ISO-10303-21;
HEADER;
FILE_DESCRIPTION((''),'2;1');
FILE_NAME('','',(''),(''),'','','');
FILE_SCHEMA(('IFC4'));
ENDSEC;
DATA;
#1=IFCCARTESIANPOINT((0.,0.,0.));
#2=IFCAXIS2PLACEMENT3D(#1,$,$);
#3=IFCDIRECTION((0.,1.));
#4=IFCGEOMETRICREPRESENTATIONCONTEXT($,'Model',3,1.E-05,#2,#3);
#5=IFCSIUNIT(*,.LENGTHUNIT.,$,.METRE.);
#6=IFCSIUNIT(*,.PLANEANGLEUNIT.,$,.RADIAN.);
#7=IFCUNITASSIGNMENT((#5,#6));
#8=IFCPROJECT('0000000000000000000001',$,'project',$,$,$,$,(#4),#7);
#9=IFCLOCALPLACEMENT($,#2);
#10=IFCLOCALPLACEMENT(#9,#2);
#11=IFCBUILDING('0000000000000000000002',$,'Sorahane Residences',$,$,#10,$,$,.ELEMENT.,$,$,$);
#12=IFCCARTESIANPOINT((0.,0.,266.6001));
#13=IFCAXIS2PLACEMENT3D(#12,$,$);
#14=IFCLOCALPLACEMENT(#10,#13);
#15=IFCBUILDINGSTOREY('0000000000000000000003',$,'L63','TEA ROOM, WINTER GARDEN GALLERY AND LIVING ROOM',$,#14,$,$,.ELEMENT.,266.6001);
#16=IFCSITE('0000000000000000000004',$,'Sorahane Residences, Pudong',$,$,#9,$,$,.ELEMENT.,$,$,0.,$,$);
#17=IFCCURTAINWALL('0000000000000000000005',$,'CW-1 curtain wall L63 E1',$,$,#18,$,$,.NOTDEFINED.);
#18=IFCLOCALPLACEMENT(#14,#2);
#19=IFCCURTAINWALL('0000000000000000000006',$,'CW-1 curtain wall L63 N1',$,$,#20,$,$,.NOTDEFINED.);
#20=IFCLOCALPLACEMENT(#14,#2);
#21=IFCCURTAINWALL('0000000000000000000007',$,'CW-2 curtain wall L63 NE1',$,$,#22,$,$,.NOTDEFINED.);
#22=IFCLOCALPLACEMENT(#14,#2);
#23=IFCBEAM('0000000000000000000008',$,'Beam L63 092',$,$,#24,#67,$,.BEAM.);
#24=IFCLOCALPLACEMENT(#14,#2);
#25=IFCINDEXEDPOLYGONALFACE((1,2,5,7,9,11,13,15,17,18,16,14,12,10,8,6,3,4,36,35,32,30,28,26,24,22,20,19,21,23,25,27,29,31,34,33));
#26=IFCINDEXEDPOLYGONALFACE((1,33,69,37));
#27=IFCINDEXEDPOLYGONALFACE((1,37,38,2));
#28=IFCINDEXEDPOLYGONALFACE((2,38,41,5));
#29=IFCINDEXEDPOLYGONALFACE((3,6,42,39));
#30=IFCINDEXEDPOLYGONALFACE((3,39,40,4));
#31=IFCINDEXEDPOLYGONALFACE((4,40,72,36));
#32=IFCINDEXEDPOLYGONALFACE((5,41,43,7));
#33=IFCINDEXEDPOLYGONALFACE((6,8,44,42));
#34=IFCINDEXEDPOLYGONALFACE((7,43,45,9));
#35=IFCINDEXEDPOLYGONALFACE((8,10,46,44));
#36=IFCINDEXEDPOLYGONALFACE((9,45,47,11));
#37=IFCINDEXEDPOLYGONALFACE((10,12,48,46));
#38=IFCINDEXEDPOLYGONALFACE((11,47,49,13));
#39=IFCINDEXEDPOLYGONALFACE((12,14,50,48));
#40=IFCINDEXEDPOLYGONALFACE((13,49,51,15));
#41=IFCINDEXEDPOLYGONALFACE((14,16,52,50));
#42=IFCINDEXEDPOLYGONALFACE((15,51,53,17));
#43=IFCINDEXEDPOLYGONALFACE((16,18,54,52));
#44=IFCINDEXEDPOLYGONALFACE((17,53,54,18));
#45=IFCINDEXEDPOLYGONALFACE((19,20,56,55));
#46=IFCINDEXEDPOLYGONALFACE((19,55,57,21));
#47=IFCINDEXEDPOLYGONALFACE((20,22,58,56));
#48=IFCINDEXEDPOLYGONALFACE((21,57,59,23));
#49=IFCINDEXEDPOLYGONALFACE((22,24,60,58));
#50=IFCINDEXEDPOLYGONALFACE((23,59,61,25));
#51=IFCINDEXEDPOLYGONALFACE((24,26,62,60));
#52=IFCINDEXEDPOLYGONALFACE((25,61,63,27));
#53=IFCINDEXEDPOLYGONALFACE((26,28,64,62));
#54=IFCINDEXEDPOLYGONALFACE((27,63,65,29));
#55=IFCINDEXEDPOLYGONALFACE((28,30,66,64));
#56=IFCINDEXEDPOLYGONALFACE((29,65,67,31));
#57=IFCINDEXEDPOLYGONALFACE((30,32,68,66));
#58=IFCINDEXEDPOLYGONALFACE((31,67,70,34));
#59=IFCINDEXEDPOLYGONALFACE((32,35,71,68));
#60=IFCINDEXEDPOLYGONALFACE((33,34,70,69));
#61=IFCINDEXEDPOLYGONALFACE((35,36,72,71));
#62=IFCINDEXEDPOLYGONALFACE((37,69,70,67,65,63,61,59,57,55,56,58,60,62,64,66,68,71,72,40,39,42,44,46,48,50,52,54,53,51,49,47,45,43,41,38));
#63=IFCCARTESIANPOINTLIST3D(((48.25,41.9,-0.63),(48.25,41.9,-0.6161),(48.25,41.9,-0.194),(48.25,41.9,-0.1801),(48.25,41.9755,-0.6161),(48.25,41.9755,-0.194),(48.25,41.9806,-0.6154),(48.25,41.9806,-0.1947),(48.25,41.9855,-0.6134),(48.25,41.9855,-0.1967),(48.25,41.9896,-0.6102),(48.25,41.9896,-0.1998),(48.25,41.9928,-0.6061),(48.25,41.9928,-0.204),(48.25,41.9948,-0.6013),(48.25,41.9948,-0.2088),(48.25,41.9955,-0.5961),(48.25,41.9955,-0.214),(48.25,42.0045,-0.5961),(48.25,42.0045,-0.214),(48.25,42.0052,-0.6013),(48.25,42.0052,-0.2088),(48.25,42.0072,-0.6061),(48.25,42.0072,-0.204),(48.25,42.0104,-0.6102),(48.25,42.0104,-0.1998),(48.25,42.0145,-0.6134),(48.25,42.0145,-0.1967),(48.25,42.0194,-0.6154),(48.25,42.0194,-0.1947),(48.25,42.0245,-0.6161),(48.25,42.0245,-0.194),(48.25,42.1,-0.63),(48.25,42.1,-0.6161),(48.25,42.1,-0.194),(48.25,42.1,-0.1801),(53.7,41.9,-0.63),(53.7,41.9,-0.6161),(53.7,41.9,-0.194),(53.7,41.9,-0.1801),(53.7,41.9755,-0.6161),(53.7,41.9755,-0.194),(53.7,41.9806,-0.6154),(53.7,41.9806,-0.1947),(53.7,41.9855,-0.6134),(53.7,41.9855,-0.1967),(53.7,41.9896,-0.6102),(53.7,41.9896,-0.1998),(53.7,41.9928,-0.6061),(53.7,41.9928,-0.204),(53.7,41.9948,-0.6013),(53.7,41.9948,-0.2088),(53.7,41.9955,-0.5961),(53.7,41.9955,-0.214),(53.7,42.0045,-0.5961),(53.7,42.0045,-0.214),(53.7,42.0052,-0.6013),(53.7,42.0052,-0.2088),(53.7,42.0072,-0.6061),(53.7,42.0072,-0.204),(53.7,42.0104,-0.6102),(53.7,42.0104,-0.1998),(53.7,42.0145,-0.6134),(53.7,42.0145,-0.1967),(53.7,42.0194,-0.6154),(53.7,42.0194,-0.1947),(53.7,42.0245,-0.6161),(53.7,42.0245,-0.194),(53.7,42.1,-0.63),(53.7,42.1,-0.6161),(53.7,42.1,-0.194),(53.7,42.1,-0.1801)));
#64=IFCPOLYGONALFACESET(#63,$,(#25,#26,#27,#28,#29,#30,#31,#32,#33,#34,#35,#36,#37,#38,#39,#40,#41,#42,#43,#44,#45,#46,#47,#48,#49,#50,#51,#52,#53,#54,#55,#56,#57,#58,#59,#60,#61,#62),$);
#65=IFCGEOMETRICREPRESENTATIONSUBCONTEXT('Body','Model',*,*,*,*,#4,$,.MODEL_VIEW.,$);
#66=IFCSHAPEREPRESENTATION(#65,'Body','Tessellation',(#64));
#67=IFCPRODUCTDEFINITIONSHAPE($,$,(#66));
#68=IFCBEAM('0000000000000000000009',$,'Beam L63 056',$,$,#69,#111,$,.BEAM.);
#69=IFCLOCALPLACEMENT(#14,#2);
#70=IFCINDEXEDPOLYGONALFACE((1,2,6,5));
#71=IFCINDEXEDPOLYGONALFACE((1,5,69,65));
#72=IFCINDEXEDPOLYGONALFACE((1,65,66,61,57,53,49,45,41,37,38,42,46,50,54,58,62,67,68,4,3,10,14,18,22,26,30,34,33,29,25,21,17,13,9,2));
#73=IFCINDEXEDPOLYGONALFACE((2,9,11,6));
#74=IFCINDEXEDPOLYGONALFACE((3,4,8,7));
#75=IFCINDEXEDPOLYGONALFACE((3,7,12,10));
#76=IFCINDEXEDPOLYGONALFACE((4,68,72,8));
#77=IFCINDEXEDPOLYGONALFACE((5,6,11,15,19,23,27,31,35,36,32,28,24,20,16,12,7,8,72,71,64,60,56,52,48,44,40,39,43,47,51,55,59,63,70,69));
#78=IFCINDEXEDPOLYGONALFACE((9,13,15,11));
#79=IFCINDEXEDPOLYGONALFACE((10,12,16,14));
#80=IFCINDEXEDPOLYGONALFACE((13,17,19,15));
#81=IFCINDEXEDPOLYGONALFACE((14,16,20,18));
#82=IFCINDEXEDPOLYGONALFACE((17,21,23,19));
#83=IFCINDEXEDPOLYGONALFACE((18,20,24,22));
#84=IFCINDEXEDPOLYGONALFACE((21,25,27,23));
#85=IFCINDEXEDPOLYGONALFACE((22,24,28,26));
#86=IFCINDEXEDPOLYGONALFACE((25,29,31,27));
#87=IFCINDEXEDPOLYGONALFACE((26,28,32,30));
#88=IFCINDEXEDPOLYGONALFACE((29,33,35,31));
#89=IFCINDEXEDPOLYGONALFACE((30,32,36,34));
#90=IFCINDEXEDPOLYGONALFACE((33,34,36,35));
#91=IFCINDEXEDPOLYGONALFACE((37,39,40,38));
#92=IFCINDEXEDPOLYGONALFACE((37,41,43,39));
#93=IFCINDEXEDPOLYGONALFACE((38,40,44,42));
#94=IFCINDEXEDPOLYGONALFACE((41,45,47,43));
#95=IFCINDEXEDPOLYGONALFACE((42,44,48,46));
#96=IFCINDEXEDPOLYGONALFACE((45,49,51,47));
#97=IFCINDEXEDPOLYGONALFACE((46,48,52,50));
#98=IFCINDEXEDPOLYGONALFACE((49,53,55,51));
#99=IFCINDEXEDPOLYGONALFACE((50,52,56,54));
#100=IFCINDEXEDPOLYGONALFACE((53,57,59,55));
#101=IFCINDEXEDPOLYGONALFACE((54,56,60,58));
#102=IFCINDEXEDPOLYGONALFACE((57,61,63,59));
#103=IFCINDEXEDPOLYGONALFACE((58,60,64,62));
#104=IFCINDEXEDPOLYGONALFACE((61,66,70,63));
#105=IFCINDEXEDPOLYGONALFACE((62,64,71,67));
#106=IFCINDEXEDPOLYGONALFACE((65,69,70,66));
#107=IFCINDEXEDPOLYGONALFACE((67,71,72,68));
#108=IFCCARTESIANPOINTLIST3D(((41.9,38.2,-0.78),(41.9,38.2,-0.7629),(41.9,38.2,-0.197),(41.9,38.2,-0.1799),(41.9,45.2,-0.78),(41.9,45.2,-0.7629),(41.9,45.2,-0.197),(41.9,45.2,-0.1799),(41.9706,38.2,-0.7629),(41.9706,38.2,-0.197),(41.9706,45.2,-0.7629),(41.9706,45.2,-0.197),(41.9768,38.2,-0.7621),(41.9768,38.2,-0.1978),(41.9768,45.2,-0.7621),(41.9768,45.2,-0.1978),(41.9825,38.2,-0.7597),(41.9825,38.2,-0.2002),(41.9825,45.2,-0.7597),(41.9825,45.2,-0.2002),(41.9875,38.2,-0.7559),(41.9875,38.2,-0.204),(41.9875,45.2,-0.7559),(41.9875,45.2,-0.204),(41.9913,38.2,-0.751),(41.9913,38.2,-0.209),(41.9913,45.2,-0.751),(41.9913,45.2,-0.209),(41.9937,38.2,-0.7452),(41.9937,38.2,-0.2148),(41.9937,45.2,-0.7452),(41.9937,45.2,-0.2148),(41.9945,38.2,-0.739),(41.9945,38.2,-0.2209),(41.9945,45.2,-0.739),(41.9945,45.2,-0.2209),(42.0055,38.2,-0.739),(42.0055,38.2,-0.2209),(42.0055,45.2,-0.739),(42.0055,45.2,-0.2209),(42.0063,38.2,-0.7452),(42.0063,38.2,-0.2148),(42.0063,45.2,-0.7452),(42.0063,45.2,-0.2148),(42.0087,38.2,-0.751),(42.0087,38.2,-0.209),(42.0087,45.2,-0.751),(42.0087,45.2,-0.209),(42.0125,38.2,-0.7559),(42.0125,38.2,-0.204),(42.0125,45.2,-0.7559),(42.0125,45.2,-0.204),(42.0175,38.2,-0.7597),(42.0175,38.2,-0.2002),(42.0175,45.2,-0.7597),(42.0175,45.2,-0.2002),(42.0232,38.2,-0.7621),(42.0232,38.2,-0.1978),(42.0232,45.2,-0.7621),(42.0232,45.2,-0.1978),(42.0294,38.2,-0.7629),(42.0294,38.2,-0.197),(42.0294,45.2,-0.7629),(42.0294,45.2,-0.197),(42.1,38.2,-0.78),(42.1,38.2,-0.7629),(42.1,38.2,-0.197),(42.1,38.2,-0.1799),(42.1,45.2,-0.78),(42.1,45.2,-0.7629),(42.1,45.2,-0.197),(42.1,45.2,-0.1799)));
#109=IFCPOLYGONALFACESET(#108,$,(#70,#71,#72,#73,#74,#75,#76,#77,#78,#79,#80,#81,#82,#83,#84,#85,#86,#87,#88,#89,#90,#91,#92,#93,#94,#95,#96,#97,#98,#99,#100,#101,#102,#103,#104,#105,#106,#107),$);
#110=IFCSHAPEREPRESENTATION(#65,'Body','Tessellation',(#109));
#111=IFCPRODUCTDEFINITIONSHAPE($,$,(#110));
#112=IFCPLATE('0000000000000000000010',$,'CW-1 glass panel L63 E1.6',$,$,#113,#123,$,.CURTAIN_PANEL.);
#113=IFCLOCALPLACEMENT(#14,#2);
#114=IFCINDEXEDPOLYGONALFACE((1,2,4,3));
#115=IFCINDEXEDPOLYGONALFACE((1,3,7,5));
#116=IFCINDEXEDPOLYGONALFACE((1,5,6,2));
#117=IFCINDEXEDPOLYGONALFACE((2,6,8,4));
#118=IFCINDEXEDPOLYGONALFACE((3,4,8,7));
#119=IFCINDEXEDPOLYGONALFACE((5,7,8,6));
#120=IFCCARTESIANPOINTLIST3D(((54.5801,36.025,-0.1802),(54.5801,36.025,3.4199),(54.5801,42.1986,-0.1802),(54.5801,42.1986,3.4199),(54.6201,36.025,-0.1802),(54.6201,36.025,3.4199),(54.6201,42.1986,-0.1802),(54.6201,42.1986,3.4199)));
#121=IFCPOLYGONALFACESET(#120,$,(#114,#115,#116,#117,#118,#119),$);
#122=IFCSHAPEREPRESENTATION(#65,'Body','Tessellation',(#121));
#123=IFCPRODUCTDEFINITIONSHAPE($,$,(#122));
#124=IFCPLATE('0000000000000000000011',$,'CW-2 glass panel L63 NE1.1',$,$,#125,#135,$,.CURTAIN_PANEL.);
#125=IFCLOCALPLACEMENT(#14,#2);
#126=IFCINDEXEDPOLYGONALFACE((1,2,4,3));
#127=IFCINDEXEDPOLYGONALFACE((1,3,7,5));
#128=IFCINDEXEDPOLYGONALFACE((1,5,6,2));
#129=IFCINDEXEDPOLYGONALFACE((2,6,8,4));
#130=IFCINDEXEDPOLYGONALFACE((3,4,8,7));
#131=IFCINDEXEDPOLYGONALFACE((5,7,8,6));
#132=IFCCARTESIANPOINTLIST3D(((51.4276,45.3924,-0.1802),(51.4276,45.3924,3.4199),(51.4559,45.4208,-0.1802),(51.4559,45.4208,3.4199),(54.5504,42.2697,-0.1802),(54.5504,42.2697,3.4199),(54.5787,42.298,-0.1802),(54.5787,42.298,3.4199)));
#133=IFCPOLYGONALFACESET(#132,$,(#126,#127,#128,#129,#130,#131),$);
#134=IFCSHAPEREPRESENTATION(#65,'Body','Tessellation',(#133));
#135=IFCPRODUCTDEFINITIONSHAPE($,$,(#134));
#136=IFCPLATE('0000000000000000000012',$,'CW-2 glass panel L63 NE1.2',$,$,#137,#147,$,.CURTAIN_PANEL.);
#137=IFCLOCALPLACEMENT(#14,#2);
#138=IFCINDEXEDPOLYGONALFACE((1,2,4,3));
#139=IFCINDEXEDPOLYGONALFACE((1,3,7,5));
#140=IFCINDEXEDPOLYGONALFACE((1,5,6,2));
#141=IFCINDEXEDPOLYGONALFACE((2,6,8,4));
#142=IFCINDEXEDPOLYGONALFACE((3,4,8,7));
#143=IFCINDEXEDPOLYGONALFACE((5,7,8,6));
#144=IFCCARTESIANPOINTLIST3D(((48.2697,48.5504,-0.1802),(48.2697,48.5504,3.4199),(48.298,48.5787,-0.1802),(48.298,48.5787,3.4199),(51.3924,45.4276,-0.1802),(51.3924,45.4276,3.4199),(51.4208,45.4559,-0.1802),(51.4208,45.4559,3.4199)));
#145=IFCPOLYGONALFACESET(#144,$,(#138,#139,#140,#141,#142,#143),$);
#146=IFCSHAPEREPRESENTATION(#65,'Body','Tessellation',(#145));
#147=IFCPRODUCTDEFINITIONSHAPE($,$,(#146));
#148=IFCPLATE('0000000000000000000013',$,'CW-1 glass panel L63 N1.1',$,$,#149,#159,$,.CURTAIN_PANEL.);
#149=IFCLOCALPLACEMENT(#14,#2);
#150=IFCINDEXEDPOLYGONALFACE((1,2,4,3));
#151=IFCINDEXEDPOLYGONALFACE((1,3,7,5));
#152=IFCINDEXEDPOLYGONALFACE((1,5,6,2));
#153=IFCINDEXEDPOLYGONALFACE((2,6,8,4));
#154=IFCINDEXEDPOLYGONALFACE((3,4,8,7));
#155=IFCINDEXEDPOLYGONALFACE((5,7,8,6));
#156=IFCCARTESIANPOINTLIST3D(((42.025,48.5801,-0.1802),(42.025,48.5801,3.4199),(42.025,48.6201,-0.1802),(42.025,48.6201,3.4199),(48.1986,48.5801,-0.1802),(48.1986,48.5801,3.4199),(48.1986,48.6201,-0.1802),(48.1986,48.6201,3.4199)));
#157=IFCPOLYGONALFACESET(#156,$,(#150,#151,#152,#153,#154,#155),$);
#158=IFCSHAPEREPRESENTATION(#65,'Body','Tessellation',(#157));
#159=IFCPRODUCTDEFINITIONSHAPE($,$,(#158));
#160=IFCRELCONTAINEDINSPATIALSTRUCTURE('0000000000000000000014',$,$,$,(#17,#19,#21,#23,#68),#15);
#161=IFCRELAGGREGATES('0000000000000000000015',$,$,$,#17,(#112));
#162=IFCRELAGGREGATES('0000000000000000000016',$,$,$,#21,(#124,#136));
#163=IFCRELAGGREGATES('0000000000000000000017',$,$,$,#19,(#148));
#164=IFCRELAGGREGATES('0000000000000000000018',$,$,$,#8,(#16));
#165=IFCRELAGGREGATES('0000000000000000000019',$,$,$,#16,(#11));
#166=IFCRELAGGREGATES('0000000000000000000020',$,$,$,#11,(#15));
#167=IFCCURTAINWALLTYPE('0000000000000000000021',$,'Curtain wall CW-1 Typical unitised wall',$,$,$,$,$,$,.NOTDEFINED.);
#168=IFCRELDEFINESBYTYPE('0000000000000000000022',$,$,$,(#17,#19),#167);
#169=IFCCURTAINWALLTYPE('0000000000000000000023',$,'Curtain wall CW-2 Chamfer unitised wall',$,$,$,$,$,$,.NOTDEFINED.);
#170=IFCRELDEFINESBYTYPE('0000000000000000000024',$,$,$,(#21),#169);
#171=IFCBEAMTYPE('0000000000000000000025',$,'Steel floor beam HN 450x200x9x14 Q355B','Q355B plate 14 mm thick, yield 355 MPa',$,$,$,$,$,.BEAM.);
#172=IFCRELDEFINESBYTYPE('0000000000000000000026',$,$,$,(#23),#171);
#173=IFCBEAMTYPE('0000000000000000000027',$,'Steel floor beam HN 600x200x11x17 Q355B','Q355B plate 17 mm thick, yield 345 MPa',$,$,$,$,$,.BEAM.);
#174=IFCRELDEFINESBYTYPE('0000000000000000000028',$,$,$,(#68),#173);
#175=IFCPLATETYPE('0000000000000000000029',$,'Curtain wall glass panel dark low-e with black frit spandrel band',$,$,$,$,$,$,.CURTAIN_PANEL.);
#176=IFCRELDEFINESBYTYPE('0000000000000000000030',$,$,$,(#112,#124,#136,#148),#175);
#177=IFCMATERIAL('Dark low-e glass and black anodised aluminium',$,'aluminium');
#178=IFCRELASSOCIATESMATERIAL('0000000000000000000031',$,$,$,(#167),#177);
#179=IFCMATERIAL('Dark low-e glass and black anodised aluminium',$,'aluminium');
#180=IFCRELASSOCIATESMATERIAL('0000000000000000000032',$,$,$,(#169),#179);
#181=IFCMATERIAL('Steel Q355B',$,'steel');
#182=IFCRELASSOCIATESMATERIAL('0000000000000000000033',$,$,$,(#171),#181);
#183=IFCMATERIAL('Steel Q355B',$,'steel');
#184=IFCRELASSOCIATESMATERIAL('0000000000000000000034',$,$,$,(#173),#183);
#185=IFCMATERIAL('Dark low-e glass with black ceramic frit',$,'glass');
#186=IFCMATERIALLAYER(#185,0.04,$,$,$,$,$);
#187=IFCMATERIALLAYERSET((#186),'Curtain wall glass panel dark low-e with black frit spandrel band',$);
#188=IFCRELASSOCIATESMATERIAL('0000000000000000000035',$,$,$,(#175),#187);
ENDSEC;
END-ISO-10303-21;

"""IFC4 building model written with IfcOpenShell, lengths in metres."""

from ifc_helpers import new_model, si_unit, direction, frame, origin, origin_2d, place, context, subcontext, project, spatial, rectangle, i_section, extrude, material, layer, layer_set, material_profile, profile_set, type_object, element, aggregate, save


model = new_model("IFC4")

# Units and contexts
model_context = context("Model", 3, precision=1e-05, world=origin(), true_north=direction((0.0, 1.0)))
body_context = subcontext(model_context, "Body", "Model", "MODEL_VIEW")
ifc_project = project(units=[si_unit("LENGTHUNIT", "METRE"), si_unit("PLANEANGLEUNIT", "RADIAN")], contexts=[model_context])

# Site, building, storey
site_placement = place(None, origin())
site = spatial("IfcSite", under=ifc_project, at=site_placement, Name="Sorahane Residences, Pudong", CompositionType="ELEMENT", RefElevation=0.0)
building_placement = place(site_placement, origin())
building = spatial("IfcBuilding", under=site, at=building_placement, Name="Sorahane Residences", CompositionType="ELEMENT")
storey_placement = place(building_placement, frame((0.0, 0.0, 266.6001)))
storey = spatial("IfcBuildingStorey", under=building, at=storey_placement, Name="L63", Description="TEA ROOM, WINTER GARDEN GALLERY AND LIVING ROOM", CompositionType="ELEMENT", Elevation=266.6001)

# Curtain walls
ifc_material_1 = material(Name="Dark low-e glass and black anodised aluminium", Category="aluminium")
curtain_wall_type_1 = type_object("IfcCurtainWallType", Name="Curtain wall CW-1 Typical unitised wall", PredefinedType="NOTDEFINED", material=ifc_material_1)
curtain_wall_1_placement = place(storey_placement, origin())
curtain_wall_1 = element("IfcCurtainWall", 1, at=curtain_wall_1_placement, inside=storey, type_object=curtain_wall_type_1, Name="CW-1 curtain wall L63 E1", PredefinedType="NOTDEFINED")
curtain_wall_2_placement = place(storey_placement, origin())
curtain_wall_2 = element("IfcCurtainWall", 2, at=curtain_wall_2_placement, inside=storey, type_object=curtain_wall_type_1, Name="CW-1 curtain wall L63 N1", PredefinedType="NOTDEFINED")

# Curtain wall
ifc_material_2 = material(Name="Dark low-e glass and black anodised aluminium", Category="aluminium")
curtain_wall_type_2 = type_object("IfcCurtainWallType", Name="Curtain wall CW-2 Chamfer unitised wall", PredefinedType="NOTDEFINED", material=ifc_material_2)
curtain_wall_3_placement = place(storey_placement, origin())
curtain_wall_3 = element("IfcCurtainWall", 3, at=curtain_wall_3_placement, inside=storey, type_object=curtain_wall_type_2, Name="CW-2 curtain wall L63 NE1", PredefinedType="NOTDEFINED")

# Beams
ifc_material_3 = material(Name="Steel Q355B", Category="steel")
ifc_material_profile_1 = material_profile(ifc_material_3, i_section(OverallWidth=0.2, OverallDepth=0.45, WebThickness=0.009, FlangeThickness=0.0139, FilletRadius=0.02, at=origin_2d()), Name="HN 450x200x9x14")
ifc_profile_set_1 = profile_set([ifc_material_profile_1], Name="Steel Q355B")
beam_type_1 = type_object("IfcBeamType", Name="Steel floor beam HN 450x200x9x14 Q355B", Description="Q355B plate 14 mm thick, yield 355 MPa", PredefinedType="BEAM", material=ifc_profile_set_1)
beam_1_placement = place(storey_placement, frame((48.25, 42.0, -0.405), z_axis=(1.0, 0.0, 0.0), x_axis=(0.0, 1.0, 0.0)))
element("IfcBeam", 4, at=beam_1_placement, inside=storey, type_object=beam_type_1, Name="Beam L63 092", PredefinedType="BEAM", context=body_context, shape_type="SweptSolid", body=[
    extrude(i_section(OverallWidth=0.2, OverallDepth=0.45, WebThickness=0.009, FlangeThickness=0.0139, FilletRadius=0.02, at=origin_2d()), origin(), (0.0, 0.0, 1.0), 5.45),
])
ifc_material_4 = material(Name="Steel Q355B", Category="steel")
ifc_material_profile_2 = material_profile(ifc_material_4, i_section(OverallWidth=0.2, OverallDepth=0.6001, WebThickness=0.011, FlangeThickness=0.0171, FilletRadius=0.0239, at=origin_2d()), Name="HN 600x200x11x17")
ifc_profile_set_2 = profile_set([ifc_material_profile_2], Name="Steel Q355B")
beam_type_2 = type_object("IfcBeamType", Name="Steel floor beam HN 600x200x11x17 Q355B", Description="Q355B plate 17 mm thick, yield 345 MPa", PredefinedType="BEAM", material=ifc_profile_set_2)
beam_2_placement = place(storey_placement, frame((42.0, 38.2, -0.48), z_axis=(0.0, 1.0, 0.0), x_axis=(-1.0, 0.0, 0.0)))
element("IfcBeam", 5, at=beam_2_placement, inside=storey, type_object=beam_type_2, Name="Beam L63 056", PredefinedType="BEAM", context=body_context, shape_type="SweptSolid", body=[
    extrude(i_section(OverallWidth=0.2, OverallDepth=0.6001, WebThickness=0.011, FlangeThickness=0.0171, FilletRadius=0.0239, at=origin_2d()), origin(), (0.0, 0.0, 1.0), 7.0),
])

# Plates
ifc_material_5 = material(Name="Dark low-e glass with black ceramic frit", Category="glass")
ifc_layer_1 = layer(ifc_material_5, 0.04)
ifc_layer_set_1 = layer_set([ifc_layer_1], Name="Curtain wall glass panel dark low-e with black frit spandrel band")
plate_type = type_object("IfcPlateType", Name="Curtain wall glass panel dark low-e with black frit spandrel band", PredefinedType="CURTAIN_PANEL", material=ifc_layer_set_1)
plate_1_placement = place(storey_placement, frame((54.6001, 39.1118, -0.1802), z_axis=(0.0, 0.0, 1.0), x_axis=(0.0, 1.0, 0.0)))
plate_1 = element("IfcPlate", 6, at=plate_1_placement, type_object=plate_type, Name="CW-1 glass panel L63 E1.6", PredefinedType="CURTAIN_PANEL", context=body_context, shape_type="SweptSolid", body=[
    extrude(rectangle(XDim=6.1736, YDim=0.04, at=origin_2d()), origin(), (0.0, 0.0, 1.0), 3.6001),
])
aggregate(curtain_wall_1, [plate_1])
plate_2_placement = place(storey_placement, frame((53.0032, 43.8452, -0.1802), z_axis=(0.0, 0.0, 1.0), x_axis=(-0.707107, 0.707107, 0.0)))
plate_2 = element("IfcPlate", 7, at=plate_2_placement, type_object=plate_type, Name="CW-2 glass panel L63 NE1.1", PredefinedType="CURTAIN_PANEL", context=body_context, shape_type="SweptSolid", body=[
    extrude(rectangle(XDim=4.4163, YDim=0.04, at=origin_2d()), origin(), (0.0, 0.0, 1.0), 3.6001),
])
plate_3_placement = place(storey_placement, frame((49.8452, 47.0032, -0.1802), z_axis=(0.0, 0.0, 1.0), x_axis=(-0.707107, 0.707107, 0.0)))
plate_3 = element("IfcPlate", 8, at=plate_3_placement, type_object=plate_type, Name="CW-2 glass panel L63 NE1.2", PredefinedType="CURTAIN_PANEL", context=body_context, shape_type="SweptSolid", body=[
    extrude(rectangle(XDim=4.4163, YDim=0.04, at=origin_2d()), origin(), (0.0, 0.0, 1.0), 3.6001),
])
aggregate(curtain_wall_3, [plate_2, plate_3])
plate_4_placement = place(storey_placement, frame((45.1118, 48.6001, -0.1802), z_axis=(0.0, 0.0, 1.0), x_axis=(-1.0, 0.0, 0.0)))
plate_4 = element("IfcPlate", 9, at=plate_4_placement, type_object=plate_type, Name="CW-1 glass panel L63 N1.1", PredefinedType="CURTAIN_PANEL", context=body_context, shape_type="SweptSolid", body=[
    extrude(rectangle(XDim=6.1736, YDim=0.04, at=origin_2d()), origin(), (0.0, 0.0, 1.0), 3.6001),
])
aggregate(curtain_wall_2, [plate_4])

save(model, "model.ifc")
